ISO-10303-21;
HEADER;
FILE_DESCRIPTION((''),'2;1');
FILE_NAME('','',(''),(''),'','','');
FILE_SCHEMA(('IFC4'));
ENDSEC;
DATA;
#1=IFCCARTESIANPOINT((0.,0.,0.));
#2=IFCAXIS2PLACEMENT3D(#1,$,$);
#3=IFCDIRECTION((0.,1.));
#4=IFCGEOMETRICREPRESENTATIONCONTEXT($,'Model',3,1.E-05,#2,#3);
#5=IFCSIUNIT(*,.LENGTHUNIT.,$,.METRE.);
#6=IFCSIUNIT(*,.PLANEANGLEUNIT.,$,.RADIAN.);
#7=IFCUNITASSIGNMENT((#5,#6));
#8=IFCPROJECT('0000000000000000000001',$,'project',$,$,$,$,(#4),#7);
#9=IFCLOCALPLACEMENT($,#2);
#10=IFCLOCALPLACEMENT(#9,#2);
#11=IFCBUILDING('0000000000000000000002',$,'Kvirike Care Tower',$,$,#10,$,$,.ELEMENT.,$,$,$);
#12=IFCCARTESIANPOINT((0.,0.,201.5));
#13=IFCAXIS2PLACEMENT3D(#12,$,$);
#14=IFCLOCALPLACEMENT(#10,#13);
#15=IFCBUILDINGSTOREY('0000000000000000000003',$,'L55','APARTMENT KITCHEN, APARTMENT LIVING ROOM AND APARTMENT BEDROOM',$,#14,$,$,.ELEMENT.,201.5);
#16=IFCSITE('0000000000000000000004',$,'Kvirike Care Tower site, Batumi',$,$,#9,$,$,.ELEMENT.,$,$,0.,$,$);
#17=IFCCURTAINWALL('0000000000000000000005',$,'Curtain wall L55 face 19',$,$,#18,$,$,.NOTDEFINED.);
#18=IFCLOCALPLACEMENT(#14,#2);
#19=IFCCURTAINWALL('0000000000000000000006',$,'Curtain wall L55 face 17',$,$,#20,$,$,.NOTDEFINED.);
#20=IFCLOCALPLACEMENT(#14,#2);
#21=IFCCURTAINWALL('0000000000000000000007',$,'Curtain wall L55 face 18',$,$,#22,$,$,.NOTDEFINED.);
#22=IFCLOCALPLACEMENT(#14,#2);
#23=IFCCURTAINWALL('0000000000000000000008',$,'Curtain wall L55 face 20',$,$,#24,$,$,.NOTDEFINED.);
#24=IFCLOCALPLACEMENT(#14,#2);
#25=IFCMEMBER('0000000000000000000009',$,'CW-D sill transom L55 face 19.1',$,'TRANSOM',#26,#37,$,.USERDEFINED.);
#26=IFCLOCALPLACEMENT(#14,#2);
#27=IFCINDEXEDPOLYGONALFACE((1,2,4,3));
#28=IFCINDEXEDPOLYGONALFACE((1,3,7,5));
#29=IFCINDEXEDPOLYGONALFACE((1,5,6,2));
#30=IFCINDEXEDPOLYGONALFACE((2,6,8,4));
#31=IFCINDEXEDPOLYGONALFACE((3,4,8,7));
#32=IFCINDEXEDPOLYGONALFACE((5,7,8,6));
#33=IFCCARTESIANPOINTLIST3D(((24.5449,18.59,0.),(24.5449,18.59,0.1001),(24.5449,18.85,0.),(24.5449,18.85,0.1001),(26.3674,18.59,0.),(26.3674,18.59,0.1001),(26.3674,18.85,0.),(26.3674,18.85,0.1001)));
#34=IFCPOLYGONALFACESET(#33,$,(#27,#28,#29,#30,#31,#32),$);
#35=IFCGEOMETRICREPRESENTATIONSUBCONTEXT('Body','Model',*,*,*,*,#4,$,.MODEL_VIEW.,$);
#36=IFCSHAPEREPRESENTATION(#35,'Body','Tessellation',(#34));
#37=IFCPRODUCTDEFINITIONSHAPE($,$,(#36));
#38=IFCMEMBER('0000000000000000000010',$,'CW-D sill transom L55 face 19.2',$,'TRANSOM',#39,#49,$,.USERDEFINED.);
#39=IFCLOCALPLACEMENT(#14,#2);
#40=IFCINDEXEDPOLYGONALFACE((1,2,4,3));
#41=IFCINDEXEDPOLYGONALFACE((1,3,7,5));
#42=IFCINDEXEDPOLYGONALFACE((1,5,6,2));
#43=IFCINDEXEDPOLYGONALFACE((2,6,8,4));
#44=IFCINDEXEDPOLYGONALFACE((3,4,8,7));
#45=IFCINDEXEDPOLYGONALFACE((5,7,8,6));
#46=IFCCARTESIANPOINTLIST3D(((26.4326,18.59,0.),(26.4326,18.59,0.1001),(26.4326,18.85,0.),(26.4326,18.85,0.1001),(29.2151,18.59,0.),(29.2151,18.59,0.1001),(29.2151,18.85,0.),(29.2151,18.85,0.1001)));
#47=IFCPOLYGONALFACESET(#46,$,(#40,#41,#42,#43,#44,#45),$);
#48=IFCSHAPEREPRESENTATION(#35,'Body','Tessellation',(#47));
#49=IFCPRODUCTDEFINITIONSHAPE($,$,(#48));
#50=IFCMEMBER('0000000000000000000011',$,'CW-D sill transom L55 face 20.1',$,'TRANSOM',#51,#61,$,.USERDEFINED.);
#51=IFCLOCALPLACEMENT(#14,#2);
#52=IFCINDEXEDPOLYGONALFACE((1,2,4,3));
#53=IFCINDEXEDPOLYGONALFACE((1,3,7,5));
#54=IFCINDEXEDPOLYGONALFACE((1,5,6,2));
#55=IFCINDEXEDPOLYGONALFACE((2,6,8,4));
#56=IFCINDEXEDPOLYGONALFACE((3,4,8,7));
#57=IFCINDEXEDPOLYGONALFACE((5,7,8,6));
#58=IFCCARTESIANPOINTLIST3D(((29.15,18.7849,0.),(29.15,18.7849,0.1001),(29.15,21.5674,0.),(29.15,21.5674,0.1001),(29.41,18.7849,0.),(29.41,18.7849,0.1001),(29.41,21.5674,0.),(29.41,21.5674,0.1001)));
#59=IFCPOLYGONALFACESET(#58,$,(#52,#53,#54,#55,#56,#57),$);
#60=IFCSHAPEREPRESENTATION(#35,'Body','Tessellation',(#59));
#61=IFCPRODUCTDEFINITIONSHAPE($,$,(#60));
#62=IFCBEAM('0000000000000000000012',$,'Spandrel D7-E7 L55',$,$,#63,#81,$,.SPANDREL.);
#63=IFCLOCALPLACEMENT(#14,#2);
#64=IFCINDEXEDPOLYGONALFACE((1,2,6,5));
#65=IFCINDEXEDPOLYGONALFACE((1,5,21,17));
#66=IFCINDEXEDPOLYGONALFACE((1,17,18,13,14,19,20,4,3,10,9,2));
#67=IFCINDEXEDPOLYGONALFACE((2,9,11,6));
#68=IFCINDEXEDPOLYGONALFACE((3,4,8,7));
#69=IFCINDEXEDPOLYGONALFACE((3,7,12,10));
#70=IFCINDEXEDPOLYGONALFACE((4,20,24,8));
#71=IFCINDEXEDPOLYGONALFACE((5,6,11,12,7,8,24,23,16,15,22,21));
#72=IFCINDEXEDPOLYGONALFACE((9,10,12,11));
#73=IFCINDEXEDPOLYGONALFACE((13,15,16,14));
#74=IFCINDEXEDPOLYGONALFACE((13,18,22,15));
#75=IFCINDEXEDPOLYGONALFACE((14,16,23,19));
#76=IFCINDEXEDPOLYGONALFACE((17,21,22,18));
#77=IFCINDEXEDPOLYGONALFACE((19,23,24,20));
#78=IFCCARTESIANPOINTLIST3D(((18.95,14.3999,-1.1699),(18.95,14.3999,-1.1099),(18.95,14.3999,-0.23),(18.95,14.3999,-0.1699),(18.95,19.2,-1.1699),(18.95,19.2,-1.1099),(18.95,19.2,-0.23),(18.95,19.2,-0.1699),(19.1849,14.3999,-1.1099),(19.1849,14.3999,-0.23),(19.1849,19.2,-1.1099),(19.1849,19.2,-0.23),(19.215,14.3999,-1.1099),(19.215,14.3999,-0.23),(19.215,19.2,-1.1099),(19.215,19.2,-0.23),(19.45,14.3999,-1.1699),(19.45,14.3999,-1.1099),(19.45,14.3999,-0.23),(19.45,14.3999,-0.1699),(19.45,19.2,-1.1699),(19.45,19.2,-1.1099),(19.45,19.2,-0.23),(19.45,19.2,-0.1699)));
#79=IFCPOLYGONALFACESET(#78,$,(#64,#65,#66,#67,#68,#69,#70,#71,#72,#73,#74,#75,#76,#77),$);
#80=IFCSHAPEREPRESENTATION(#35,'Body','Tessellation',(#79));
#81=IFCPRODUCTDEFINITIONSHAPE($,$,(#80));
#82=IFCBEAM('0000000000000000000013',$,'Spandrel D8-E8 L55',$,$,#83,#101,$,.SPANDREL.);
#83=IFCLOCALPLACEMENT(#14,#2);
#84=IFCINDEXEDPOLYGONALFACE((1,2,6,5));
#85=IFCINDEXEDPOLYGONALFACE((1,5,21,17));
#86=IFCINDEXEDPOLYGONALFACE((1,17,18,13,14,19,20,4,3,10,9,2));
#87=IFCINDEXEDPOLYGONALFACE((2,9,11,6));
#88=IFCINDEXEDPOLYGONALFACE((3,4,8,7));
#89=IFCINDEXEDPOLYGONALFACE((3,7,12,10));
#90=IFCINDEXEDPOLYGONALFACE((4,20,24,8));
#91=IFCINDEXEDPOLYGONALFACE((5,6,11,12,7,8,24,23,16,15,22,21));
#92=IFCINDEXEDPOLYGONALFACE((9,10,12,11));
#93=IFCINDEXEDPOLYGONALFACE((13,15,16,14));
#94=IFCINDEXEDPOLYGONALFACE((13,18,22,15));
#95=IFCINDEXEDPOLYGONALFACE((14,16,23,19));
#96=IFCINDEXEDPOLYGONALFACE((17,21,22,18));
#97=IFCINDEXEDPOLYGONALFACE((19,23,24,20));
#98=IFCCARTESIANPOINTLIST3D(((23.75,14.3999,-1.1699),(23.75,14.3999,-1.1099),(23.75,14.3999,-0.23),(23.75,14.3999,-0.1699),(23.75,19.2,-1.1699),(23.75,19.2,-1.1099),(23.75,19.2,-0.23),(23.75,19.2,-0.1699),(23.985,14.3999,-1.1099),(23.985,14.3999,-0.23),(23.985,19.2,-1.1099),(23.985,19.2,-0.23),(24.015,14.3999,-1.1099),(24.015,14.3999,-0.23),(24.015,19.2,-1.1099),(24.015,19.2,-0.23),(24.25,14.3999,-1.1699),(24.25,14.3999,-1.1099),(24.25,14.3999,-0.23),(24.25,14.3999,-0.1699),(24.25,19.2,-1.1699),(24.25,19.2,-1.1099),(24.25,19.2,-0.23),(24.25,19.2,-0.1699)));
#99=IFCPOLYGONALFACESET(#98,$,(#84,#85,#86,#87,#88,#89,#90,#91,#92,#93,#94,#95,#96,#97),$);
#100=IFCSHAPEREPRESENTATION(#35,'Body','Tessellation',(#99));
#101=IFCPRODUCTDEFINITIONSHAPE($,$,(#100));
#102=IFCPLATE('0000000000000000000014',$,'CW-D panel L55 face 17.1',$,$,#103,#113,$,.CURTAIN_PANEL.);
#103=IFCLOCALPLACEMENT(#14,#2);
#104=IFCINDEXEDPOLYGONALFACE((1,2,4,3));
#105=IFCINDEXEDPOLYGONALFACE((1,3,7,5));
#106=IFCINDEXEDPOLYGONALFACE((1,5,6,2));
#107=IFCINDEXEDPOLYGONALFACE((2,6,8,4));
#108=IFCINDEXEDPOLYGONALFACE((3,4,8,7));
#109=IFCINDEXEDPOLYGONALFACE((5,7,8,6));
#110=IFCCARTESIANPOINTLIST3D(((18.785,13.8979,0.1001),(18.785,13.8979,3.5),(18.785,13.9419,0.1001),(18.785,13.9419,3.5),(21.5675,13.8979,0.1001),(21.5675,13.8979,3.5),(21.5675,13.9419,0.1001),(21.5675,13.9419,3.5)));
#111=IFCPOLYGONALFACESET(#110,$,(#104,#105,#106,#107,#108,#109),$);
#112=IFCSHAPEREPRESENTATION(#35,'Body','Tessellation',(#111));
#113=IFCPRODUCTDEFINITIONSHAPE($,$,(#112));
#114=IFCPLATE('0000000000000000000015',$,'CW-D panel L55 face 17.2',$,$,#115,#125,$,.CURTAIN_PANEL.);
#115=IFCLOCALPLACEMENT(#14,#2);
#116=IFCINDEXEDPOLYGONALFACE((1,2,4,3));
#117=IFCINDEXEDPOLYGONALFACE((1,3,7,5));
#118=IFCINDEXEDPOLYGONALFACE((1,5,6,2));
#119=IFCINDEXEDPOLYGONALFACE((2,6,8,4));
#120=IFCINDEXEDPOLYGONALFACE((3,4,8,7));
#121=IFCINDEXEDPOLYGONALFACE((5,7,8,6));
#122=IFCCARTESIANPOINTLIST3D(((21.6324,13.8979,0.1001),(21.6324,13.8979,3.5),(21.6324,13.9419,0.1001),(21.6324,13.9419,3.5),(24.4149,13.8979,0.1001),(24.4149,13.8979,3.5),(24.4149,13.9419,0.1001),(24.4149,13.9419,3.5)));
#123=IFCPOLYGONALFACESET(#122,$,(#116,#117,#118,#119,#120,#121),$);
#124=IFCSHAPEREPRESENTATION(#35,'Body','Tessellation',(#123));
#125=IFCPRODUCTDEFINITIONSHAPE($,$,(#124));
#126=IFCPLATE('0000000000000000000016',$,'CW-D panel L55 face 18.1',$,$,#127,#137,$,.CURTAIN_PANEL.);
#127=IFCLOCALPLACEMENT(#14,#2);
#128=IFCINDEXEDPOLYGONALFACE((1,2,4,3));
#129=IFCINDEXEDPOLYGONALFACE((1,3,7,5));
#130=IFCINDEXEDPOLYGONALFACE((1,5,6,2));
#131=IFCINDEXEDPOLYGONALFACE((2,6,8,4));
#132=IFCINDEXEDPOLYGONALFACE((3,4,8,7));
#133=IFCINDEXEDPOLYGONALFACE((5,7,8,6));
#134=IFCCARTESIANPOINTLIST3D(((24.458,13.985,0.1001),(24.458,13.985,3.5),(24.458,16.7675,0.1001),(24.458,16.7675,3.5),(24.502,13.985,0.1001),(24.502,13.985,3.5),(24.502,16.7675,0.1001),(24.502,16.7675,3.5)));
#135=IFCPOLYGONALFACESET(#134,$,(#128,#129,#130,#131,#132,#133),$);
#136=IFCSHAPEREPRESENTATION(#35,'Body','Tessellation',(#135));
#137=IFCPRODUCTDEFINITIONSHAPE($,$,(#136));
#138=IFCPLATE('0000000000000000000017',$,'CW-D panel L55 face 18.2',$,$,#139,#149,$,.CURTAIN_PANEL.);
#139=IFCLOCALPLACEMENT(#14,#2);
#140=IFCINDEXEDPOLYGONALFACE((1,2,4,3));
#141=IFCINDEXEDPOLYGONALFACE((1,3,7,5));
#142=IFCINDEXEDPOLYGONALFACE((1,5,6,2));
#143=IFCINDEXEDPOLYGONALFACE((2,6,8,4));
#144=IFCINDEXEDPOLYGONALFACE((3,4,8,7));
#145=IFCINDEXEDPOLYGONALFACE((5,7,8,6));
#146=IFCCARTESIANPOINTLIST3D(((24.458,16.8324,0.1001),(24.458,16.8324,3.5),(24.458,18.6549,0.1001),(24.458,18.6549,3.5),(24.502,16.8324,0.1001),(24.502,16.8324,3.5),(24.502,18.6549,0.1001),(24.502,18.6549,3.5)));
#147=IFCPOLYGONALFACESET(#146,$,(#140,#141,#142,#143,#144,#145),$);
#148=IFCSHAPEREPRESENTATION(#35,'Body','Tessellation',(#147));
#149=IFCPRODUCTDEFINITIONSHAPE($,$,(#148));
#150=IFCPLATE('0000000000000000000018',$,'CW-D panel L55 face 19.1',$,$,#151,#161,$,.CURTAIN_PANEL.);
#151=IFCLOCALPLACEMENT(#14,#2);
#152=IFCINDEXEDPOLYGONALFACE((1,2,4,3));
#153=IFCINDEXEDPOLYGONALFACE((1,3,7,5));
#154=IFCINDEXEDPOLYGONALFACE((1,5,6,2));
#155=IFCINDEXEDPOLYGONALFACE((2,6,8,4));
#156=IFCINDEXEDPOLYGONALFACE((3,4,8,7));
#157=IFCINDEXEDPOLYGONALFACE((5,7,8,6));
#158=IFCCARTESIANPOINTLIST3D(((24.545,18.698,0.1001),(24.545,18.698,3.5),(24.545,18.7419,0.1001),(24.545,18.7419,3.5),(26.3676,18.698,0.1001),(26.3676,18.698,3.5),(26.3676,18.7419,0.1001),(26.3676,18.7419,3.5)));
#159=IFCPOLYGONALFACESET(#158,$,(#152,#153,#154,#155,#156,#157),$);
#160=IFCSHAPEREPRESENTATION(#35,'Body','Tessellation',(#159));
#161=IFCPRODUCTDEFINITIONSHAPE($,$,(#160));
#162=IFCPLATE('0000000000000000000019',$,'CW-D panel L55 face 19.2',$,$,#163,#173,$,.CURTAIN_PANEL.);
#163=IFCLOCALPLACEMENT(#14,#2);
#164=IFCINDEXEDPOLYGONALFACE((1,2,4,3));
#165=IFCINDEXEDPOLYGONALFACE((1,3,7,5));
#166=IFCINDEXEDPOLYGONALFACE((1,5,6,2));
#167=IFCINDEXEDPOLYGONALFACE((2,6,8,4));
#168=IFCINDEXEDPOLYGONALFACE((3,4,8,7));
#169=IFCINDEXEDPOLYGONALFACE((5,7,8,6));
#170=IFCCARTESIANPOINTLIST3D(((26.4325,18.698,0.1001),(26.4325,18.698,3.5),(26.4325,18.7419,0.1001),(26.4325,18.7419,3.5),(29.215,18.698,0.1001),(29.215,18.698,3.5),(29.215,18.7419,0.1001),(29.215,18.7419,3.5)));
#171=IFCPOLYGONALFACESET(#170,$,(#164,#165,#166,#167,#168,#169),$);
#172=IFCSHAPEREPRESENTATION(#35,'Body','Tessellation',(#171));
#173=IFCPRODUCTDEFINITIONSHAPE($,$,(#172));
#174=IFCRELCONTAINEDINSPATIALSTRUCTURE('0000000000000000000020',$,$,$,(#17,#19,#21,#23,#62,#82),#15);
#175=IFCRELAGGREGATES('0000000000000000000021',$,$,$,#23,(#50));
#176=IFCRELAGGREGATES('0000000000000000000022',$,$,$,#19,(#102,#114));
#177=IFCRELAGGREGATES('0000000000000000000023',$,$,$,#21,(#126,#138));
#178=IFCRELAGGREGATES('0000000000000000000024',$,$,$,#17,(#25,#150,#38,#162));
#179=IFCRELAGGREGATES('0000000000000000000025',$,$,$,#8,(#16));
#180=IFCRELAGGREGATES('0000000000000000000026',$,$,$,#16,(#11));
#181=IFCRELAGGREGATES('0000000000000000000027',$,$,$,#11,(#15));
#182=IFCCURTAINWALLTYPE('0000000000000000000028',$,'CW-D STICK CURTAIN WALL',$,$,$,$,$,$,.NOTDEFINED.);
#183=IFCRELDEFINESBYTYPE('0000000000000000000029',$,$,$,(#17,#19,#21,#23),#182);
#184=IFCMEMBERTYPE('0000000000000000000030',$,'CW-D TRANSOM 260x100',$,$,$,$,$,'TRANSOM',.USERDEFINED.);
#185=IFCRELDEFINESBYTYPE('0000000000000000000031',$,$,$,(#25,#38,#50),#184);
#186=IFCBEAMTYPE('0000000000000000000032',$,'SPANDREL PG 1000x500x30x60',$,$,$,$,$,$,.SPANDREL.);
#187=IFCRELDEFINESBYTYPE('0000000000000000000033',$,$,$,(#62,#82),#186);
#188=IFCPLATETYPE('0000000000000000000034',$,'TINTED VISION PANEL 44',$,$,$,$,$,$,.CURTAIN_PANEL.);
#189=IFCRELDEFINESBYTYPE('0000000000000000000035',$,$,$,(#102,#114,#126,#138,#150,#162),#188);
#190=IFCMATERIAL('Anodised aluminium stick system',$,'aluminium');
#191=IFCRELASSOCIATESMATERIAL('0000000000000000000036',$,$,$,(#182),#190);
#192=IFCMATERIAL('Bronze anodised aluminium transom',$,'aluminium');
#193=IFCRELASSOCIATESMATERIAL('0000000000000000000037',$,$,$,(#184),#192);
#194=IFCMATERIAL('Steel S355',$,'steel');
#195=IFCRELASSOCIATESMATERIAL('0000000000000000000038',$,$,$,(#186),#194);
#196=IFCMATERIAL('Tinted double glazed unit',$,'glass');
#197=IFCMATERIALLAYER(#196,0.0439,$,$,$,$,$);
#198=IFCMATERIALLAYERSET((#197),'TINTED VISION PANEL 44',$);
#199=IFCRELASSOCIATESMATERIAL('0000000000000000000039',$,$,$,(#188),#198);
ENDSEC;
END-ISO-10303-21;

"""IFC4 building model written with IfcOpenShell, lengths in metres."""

from ifc_helpers import new_model, si_unit, direction, frame, origin, origin_2d, place, context, subcontext, project, spatial, rectangle, i_section, extrude, material, layer, layer_set, material_profile, profile_set, type_object, element, aggregate, save


model = new_model("IFC4")

# Units and contexts
model_context = context("Model", 3, precision=1e-05, world=origin(), true_north=direction((0.0, 1.0)))
body_context = subcontext(model_context, "Body", "Model", "MODEL_VIEW")
ifc_project = project(units=[si_unit("LENGTHUNIT", "METRE"), si_unit("PLANEANGLEUNIT", "RADIAN")], contexts=[model_context])

# Site, building, storey
site_placement = place(None, origin())
site = spatial("IfcSite", under=ifc_project, at=site_placement, Name="Kvirike Care Tower site, Batumi", CompositionType="ELEMENT", RefElevation=0.0)
building_placement = place(site_placement, origin())
building = spatial("IfcBuilding", under=site, at=building_placement, Name="Kvirike Care Tower", CompositionType="ELEMENT")
storey_placement = place(building_placement, frame((0.0, 0.0, 201.5)))
storey = spatial("IfcBuildingStorey", under=building, at=storey_placement, Name="L55", Description="APARTMENT KITCHEN, APARTMENT LIVING ROOM AND APARTMENT BEDROOM", CompositionType="ELEMENT", Elevation=201.5)

# Curtain wall
ifc_material_1 = material(Name="Anodised aluminium stick system", Category="aluminium")
curtain_wall_type = type_object("IfcCurtainWallType", Name="CW-D STICK CURTAIN WALL", PredefinedType="NOTDEFINED", material=ifc_material_1)
curtain_wall_1_placement = place(storey_placement, origin())
curtain_wall_1 = element("IfcCurtainWall", 1, at=curtain_wall_1_placement, inside=storey, type_object=curtain_wall_type, Name="Curtain wall L55 face 19", PredefinedType="NOTDEFINED")

# Curtain walls
curtain_wall_2_placement = place(storey_placement, origin())
curtain_wall_2 = element("IfcCurtainWall", 2, at=curtain_wall_2_placement, inside=storey, type_object=curtain_wall_type, Name="Curtain wall L55 face 17", PredefinedType="NOTDEFINED")
curtain_wall_3_placement = place(storey_placement, origin())
curtain_wall_3 = element("IfcCurtainWall", 3, at=curtain_wall_3_placement, inside=storey, type_object=curtain_wall_type, Name="Curtain wall L55 face 18", PredefinedType="NOTDEFINED")

# Curtain wall
curtain_wall_4_placement = place(storey_placement, origin())
curtain_wall_4 = element("IfcCurtainWall", 4, at=curtain_wall_4_placement, inside=storey, type_object=curtain_wall_type, Name="Curtain wall L55 face 20", PredefinedType="NOTDEFINED")

# Members
ifc_material_2 = material(Name="Bronze anodised aluminium transom", Category="aluminium")
ifc_material_profile_1 = material_profile(ifc_material_2, rectangle(XDim=0.26, YDim=0.1001, at=origin_2d()), Name="CW-D TRANSOM 260x100")
ifc_profile_set_1 = profile_set([ifc_material_profile_1], Name="Bronze anodised aluminium transom")
member_type_1 = type_object("IfcMemberType", Name="CW-D TRANSOM 260x100", ElementType="TRANSOM", PredefinedType="USERDEFINED", material=ifc_profile_set_1)
member_1_placement = place(storey_placement, frame((24.5449, 18.72, 0.05), z_axis=(1.0, 0.0, 0.0), x_axis=(0.0, 1.0, 0.0)))
member_1 = element("IfcMember", 5, at=member_1_placement, type_object=member_type_1, Name="CW-D sill transom L55 face 19.1", ObjectType="TRANSOM", PredefinedType="USERDEFINED", context=body_context, shape_type="SweptSolid", body=[
    extrude(rectangle(XDim=0.26, YDim=0.1001, at=origin_2d()), origin(), (0.0, 0.0, 1.0), 1.8225),
])
member_2_placement = place(storey_placement, frame((26.4326, 18.72, 0.05), z_axis=(1.0, 0.0, 0.0), x_axis=(0.0, 1.0, 0.0)))
member_2 = element("IfcMember", 6, at=member_2_placement, type_object=member_type_1, Name="CW-D sill transom L55 face 19.2", ObjectType="TRANSOM", PredefinedType="USERDEFINED", context=body_context, shape_type="SweptSolid", body=[
    extrude(rectangle(XDim=0.26, YDim=0.1001, at=origin_2d()), origin(), (0.0, 0.0, 1.0), 2.7825),
])
member_3_placement = place(storey_placement, frame((29.28, 18.7849, 0.05), z_axis=(0.0, 1.0, 0.0), x_axis=(-1.0, 0.0, 0.0)))
member_3 = element("IfcMember", 7, at=member_3_placement, type_object=member_type_1, Name="CW-D sill transom L55 face 20.1", ObjectType="TRANSOM", PredefinedType="USERDEFINED", context=body_context, shape_type="SweptSolid", body=[
    extrude(rectangle(XDim=0.26, YDim=0.1001, at=origin_2d()), origin(), (0.0, 0.0, 1.0), 2.7825),
])
aggregate(curtain_wall_4, [member_3])

# Beams
ifc_material_3 = material(Name="Steel S355", Category="steel")
ifc_material_profile_2 = material_profile(ifc_material_3, i_section(OverallWidth=0.5, OverallDepth=1.0, WebThickness=0.03, FlangeThickness=0.0601, at=origin_2d()), Name="PG 1000x500x30x60")
ifc_profile_set_2 = profile_set([ifc_material_profile_2], Name="Steel S355")
beam_type = type_object("IfcBeamType", Name="SPANDREL PG 1000x500x30x60", PredefinedType="SPANDREL", material=ifc_profile_set_2)
for number, where, z_axis, x_axis, name in (
    (8, (19.2, 14.3999, -0.6699), (0.0, 1.0, 0.0), (-1.0, 0.0, 0.0), "Spandrel D7-E7 L55"),
    (9, (24.0, 14.3999, -0.6699), (0.0, 1.0, 0.0), (-1.0, 0.0, 0.0), "Spandrel D8-E8 L55"),
):
    element("IfcBeam", number, at=place(storey_placement, frame(where, z_axis=z_axis, x_axis=x_axis)), inside=storey, type_object=beam_type, Name=name, PredefinedType="SPANDREL", context=body_context, shape_type="SweptSolid", body=[
        extrude(i_section(OverallWidth=0.5, OverallDepth=1.0, WebThickness=0.03, FlangeThickness=0.0601, at=origin_2d()), origin(), (0.0, 0.0, 1.0), 4.8),
    ])

# Plates
ifc_material_4 = material(Name="Tinted double glazed unit", Category="glass")
ifc_layer = layer(ifc_material_4, 0.0439)
ifc_layer_set = layer_set([ifc_layer], Name="TINTED VISION PANEL 44")
plate_type = type_object("IfcPlateType", Name="TINTED VISION PANEL 44", PredefinedType="CURTAIN_PANEL", material=ifc_layer_set)
plate_1_placement = place(storey_placement, frame((20.1763, 13.9199, 0.1001), z_axis=(0.0, 0.0, 1.0), x_axis=(1.0, 0.0, 0.0)))
plate_1 = element("IfcPlate", 10, at=plate_1_placement, type_object=plate_type, Name="CW-D panel L55 face 17.1", PredefinedType="CURTAIN_PANEL", context=body_context, shape_type="SweptSolid", body=[
    extrude(rectangle(XDim=2.7825, YDim=0.0439, at=origin_2d()), origin(), (0.0, 0.0, 1.0), 3.3999),
])
plate_2_placement = place(storey_placement, frame((23.0237, 13.9199, 0.1001), z_axis=(0.0, 0.0, 1.0), x_axis=(1.0, 0.0, 0.0)))
plate_2 = element("IfcPlate", 11, at=plate_2_placement, type_object=plate_type, Name="CW-D panel L55 face 17.2", PredefinedType="CURTAIN_PANEL", context=body_context, shape_type="SweptSolid", body=[
    extrude(rectangle(XDim=2.7825, YDim=0.0439, at=origin_2d()), origin(), (0.0, 0.0, 1.0), 3.3999),
])
aggregate(curtain_wall_2, [plate_1, plate_2])
plate_3_placement = place(storey_placement, frame((24.48, 15.3762, 0.1001), z_axis=(0.0, 0.0, 1.0), x_axis=(0.0, 1.0, 0.0)))
plate_3 = element("IfcPlate", 12, at=plate_3_placement, type_object=plate_type, Name="CW-D panel L55 face 18.1", PredefinedType="CURTAIN_PANEL", context=body_context, shape_type="SweptSolid", body=[
    extrude(rectangle(XDim=2.7825, YDim=0.0439, at=origin_2d()), origin(), (0.0, 0.0, 1.0), 3.3999),
])
plate_4_placement = place(storey_placement, frame((24.48, 17.7437, 0.1001), z_axis=(0.0, 0.0, 1.0), x_axis=(0.0, 1.0, 0.0)))
plate_4 = element("IfcPlate", 13, at=plate_4_placement, type_object=plate_type, Name="CW-D panel L55 face 18.2", PredefinedType="CURTAIN_PANEL", context=body_context, shape_type="SweptSolid", body=[
    extrude(rectangle(XDim=1.8225, YDim=0.0439, at=origin_2d()), origin(), (0.0, 0.0, 1.0), 3.3999),
])
aggregate(curtain_wall_3, [plate_3, plate_4])
plate_5_placement = place(storey_placement, frame((25.4563, 18.72, 0.1001), z_axis=(0.0, 0.0, 1.0), x_axis=(1.0, 0.0, 0.0)))
plate_5 = element("IfcPlate", 14, at=plate_5_placement, type_object=plate_type, Name="CW-D panel L55 face 19.1", PredefinedType="CURTAIN_PANEL", context=body_context, shape_type="SweptSolid", body=[
    extrude(rectangle(XDim=1.8225, YDim=0.0439, at=origin_2d()), origin(), (0.0, 0.0, 1.0), 3.3999),
])
plate_6_placement = place(storey_placement, frame((27.8237, 18.72, 0.1001), z_axis=(0.0, 0.0, 1.0), x_axis=(1.0, 0.0, 0.0)))
plate_6 = element("IfcPlate", 15, at=plate_6_placement, type_object=plate_type, Name="CW-D panel L55 face 19.2", PredefinedType="CURTAIN_PANEL", context=body_context, shape_type="SweptSolid", body=[
    extrude(rectangle(XDim=2.7825, YDim=0.0439, at=origin_2d()), origin(), (0.0, 0.0, 1.0), 3.3999),
])
aggregate(curtain_wall_1, [member_1, plate_5, member_2, plate_6])

save(model, "model.ifc")
